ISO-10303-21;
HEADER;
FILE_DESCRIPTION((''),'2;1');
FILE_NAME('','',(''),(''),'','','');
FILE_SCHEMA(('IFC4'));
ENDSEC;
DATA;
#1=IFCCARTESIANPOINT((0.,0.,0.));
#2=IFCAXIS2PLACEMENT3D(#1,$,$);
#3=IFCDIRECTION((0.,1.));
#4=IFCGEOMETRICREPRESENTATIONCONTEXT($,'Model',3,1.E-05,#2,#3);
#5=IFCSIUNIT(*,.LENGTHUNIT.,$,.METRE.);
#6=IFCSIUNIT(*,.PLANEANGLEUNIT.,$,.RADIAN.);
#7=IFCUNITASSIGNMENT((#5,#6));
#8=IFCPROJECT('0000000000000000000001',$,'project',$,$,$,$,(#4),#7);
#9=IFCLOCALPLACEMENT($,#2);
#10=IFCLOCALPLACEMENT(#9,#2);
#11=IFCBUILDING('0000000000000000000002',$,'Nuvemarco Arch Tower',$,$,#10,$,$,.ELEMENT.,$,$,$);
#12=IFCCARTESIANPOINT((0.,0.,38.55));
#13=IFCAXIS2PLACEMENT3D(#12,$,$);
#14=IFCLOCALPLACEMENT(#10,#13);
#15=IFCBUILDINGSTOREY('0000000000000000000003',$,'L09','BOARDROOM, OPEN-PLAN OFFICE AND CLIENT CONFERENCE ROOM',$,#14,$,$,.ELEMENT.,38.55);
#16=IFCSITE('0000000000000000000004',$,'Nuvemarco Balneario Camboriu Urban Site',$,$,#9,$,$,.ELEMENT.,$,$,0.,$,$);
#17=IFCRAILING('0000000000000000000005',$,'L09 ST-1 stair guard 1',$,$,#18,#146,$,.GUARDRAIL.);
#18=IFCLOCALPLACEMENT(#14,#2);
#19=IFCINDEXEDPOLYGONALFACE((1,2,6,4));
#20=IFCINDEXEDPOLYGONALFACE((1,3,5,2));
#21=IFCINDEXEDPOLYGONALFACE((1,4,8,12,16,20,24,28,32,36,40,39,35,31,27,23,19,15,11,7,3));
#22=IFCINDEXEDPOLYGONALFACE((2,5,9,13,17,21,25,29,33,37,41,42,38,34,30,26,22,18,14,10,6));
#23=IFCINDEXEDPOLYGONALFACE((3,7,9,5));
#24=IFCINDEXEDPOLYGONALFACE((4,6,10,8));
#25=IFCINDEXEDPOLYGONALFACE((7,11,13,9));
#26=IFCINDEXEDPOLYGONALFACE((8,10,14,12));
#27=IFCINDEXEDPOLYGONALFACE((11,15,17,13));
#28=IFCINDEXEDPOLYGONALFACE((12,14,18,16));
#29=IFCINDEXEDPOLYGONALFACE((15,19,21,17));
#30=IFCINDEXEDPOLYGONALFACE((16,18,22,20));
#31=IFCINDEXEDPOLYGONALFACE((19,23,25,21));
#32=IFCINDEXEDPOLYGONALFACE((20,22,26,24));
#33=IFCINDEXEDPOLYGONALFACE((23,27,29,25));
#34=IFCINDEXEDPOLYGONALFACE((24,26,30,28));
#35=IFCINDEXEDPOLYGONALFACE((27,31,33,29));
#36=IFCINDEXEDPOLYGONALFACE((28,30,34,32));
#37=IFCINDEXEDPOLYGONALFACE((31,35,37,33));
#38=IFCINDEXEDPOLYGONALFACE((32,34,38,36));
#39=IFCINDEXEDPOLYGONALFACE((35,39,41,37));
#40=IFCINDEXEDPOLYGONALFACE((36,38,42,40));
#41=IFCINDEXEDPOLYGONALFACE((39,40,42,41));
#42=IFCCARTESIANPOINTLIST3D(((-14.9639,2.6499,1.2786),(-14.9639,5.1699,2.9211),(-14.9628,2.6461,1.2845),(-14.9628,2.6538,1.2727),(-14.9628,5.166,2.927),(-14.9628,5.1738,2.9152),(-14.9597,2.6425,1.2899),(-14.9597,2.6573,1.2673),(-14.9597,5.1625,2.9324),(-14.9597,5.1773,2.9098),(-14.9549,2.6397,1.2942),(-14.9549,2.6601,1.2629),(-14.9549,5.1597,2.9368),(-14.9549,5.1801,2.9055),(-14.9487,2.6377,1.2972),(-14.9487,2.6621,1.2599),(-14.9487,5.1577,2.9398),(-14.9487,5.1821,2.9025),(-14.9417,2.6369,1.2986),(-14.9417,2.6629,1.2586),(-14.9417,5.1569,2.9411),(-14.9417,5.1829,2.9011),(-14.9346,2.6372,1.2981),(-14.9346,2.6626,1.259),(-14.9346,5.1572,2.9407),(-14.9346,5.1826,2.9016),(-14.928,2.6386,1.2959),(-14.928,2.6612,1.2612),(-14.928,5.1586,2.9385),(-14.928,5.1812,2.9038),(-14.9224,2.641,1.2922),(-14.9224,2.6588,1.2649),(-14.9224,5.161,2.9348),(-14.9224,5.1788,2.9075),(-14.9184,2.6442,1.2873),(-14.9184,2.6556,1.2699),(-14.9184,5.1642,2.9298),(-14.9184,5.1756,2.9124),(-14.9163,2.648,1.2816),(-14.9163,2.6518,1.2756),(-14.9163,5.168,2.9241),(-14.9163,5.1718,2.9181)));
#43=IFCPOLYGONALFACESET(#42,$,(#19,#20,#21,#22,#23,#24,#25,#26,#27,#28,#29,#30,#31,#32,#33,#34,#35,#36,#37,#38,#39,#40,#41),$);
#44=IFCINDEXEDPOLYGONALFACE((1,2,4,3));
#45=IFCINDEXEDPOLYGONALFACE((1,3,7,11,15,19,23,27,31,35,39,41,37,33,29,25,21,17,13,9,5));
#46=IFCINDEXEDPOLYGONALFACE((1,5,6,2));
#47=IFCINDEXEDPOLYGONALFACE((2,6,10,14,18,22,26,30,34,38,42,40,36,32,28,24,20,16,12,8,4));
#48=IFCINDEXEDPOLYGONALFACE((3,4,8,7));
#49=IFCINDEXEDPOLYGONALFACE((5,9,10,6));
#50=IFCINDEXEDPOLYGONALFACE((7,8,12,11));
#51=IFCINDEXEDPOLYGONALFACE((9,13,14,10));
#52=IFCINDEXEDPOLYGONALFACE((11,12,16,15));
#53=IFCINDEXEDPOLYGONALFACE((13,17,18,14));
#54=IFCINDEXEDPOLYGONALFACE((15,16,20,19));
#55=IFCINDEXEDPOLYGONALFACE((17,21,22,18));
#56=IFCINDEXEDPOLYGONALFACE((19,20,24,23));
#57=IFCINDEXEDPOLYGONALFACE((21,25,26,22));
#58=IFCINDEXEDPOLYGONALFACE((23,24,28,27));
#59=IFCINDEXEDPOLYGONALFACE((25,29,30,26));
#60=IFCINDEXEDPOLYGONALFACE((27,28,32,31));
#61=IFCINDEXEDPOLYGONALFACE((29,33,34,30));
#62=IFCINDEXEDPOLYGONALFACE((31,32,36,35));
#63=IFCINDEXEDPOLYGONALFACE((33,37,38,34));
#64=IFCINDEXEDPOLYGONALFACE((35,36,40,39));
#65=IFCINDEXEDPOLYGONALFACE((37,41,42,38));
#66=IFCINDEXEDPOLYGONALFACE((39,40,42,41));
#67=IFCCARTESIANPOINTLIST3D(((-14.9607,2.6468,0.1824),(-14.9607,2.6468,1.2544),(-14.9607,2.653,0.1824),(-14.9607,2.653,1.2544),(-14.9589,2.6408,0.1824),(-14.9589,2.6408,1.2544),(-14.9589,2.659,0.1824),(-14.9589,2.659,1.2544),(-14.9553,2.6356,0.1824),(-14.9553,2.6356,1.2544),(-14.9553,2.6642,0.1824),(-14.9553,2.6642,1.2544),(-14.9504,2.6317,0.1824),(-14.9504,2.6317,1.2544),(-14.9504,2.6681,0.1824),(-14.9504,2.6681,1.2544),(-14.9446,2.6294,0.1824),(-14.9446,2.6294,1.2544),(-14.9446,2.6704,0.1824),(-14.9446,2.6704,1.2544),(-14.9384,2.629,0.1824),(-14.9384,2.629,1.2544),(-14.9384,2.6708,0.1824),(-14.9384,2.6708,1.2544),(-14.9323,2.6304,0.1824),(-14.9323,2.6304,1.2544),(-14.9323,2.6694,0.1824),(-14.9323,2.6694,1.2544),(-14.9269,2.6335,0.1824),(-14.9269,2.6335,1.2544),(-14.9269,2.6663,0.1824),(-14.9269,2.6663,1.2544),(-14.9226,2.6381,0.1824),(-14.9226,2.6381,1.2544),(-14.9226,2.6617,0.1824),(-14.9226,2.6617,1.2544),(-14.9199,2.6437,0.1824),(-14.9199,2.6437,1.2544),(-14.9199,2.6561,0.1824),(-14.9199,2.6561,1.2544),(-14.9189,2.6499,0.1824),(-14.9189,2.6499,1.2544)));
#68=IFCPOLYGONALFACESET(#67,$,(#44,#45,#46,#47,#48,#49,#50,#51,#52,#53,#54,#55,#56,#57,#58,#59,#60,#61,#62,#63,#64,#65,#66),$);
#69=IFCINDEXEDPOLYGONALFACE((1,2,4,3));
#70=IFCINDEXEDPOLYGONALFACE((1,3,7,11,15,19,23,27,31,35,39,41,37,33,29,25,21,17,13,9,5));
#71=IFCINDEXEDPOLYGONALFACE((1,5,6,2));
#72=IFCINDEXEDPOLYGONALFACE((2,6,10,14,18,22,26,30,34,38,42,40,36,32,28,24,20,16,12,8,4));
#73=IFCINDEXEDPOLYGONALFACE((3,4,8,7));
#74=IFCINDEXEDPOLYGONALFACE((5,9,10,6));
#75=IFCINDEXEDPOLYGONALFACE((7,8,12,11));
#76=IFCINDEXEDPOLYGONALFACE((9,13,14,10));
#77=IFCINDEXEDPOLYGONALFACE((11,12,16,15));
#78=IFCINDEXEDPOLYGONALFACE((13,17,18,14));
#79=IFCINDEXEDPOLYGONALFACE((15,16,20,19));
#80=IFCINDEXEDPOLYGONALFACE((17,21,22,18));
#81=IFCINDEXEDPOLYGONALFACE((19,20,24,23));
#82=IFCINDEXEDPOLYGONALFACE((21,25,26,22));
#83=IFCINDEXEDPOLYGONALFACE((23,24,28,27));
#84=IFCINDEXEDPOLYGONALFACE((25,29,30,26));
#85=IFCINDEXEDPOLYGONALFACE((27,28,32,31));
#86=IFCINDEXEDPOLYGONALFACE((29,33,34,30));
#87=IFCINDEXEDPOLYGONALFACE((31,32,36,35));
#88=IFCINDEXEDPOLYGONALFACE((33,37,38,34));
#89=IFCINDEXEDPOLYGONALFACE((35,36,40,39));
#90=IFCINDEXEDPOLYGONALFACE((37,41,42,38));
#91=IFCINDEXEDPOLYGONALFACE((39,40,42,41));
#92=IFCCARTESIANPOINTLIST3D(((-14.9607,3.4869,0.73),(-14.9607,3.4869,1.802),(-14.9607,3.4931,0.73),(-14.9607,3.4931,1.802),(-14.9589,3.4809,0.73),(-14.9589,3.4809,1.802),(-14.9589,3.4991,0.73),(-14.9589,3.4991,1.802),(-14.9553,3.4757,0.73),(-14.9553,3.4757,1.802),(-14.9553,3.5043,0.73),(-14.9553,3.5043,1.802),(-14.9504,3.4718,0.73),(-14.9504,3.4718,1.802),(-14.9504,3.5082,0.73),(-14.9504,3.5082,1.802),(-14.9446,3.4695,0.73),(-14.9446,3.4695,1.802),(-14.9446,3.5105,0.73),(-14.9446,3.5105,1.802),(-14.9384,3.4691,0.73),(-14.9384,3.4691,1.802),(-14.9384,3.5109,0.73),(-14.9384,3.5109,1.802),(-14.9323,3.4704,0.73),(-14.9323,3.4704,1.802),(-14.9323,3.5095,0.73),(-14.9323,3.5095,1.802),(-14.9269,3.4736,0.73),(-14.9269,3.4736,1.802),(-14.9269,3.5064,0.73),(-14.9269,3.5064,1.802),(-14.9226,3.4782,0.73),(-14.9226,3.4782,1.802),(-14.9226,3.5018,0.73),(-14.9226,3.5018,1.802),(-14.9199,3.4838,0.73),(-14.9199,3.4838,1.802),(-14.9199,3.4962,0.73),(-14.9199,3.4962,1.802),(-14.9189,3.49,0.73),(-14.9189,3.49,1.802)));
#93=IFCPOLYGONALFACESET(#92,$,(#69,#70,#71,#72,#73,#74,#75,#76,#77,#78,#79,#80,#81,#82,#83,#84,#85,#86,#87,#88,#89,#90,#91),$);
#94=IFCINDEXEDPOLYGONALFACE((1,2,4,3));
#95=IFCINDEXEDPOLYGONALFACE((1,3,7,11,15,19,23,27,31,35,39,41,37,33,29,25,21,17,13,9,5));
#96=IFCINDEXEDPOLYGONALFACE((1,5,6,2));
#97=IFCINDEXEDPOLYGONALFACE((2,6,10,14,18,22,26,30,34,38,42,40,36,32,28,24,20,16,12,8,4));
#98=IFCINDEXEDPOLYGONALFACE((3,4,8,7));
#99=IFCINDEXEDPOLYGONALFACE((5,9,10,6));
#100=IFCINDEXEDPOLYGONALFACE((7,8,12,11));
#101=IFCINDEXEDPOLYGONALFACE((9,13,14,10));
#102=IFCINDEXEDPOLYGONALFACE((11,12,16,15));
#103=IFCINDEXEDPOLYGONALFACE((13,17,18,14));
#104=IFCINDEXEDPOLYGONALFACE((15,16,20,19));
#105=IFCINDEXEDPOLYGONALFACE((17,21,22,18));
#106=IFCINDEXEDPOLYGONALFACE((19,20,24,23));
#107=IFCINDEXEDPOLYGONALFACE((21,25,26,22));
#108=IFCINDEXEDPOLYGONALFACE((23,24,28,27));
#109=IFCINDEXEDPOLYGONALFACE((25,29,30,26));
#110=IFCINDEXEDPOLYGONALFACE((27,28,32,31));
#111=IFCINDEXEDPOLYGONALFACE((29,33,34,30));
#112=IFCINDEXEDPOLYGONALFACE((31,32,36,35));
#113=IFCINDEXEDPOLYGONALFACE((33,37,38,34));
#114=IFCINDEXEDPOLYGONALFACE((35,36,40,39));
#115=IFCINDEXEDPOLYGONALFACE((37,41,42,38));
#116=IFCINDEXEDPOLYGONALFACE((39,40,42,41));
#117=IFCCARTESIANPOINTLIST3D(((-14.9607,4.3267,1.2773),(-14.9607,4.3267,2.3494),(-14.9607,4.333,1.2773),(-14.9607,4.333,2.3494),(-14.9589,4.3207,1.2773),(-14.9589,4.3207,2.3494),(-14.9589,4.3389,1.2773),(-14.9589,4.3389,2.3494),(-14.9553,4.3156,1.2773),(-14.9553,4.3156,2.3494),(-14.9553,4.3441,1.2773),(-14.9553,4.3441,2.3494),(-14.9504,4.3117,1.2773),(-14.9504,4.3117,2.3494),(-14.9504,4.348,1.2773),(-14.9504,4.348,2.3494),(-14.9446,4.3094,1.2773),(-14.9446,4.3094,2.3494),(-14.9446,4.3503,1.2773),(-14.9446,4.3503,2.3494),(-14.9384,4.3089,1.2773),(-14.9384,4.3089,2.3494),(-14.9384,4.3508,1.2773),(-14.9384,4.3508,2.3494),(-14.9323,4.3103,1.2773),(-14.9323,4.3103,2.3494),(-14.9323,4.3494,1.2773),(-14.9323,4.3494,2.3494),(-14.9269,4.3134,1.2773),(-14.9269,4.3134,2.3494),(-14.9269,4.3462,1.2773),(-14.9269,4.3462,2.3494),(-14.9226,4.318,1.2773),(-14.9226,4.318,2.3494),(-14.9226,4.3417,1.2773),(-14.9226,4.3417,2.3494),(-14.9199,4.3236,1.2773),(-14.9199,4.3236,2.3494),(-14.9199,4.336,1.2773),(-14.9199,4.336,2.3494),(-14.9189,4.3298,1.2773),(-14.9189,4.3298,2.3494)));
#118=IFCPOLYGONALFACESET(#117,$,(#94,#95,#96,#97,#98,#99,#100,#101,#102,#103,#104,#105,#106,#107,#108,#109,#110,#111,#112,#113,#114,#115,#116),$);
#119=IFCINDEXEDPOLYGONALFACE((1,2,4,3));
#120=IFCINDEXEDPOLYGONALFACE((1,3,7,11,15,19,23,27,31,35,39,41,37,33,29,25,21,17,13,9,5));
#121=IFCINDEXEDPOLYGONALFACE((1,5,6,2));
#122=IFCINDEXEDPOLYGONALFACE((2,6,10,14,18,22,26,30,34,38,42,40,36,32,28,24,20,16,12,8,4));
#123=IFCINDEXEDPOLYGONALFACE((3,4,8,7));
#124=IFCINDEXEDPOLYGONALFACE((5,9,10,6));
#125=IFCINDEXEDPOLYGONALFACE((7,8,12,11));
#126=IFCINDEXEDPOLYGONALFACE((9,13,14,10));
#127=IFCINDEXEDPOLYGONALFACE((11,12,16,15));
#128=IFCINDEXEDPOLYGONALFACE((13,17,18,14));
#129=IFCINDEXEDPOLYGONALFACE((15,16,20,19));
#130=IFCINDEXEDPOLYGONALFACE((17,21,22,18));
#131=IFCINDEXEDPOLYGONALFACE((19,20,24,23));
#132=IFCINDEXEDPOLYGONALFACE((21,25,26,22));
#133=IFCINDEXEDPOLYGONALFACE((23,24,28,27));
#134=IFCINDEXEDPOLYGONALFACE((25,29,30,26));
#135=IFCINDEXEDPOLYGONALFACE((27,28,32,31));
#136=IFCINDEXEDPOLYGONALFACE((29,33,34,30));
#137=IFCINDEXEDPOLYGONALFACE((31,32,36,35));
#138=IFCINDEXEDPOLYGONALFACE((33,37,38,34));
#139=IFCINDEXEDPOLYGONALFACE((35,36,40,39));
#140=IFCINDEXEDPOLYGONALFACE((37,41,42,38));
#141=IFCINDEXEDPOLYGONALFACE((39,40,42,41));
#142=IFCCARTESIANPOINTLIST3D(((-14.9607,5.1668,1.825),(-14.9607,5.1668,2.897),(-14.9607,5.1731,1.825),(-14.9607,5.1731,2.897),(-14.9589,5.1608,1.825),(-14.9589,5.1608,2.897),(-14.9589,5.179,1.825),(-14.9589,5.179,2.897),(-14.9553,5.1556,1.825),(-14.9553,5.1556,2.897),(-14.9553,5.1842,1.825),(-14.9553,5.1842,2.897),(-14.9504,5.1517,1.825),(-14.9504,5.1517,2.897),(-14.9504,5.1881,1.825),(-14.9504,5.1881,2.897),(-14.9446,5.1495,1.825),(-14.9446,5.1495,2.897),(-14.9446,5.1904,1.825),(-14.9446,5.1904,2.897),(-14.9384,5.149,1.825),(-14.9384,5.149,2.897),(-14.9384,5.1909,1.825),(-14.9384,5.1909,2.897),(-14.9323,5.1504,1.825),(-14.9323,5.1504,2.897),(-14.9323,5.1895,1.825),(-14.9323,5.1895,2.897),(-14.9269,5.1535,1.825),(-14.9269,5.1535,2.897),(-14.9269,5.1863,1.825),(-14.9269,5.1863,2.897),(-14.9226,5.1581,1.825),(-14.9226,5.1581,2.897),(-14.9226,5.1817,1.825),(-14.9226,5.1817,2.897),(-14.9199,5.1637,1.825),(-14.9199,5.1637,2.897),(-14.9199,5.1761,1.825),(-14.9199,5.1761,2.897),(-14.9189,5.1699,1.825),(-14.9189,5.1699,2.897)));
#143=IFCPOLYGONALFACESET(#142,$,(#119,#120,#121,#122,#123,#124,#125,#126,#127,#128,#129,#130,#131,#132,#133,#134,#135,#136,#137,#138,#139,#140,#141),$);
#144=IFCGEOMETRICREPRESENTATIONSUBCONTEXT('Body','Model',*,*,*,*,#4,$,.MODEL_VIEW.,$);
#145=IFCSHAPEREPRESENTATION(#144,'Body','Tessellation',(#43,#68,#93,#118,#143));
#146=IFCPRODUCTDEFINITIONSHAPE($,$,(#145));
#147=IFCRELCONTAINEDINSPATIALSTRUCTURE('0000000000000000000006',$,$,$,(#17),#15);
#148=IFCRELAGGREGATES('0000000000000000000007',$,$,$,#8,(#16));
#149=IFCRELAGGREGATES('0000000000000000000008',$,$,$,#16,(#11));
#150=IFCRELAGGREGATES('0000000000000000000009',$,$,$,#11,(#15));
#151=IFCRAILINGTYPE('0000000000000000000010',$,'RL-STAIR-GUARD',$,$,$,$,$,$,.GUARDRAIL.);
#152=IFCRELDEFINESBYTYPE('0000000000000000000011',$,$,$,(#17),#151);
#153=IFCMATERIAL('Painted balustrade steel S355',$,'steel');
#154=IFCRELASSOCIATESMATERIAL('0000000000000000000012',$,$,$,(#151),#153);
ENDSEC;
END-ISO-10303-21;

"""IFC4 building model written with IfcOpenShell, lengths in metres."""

from ifc_helpers import new_model, si_unit, direction, frame, origin, origin_2d, place, context, subcontext, project, spatial, circle, extrude, material, type_object, element, save


model = new_model("IFC4")

# Units and contexts
model_context = context("Model", 3, precision=1e-05, world=origin(), true_north=direction((0.0, 1.0)))
body_context = subcontext(model_context, "Body", "Model", "MODEL_VIEW")
ifc_project = project(units=[si_unit("LENGTHUNIT", "METRE"), si_unit("PLANEANGLEUNIT", "RADIAN")], contexts=[model_context])

# Site, building, storey
site_placement = place(None, origin())
site = spatial("IfcSite", under=ifc_project, at=site_placement, Name="Nuvemarco Balneario Camboriu Urban Site", CompositionType="ELEMENT", RefElevation=0.0)
building_placement = place(site_placement, origin())
building = spatial("IfcBuilding", under=site, at=building_placement, Name="Nuvemarco Arch Tower", CompositionType="ELEMENT")
storey_placement = place(building_placement, frame((0.0, 0.0, 38.55)))
storey = spatial("IfcBuildingStorey", under=building, at=storey_placement, Name="L09", Description="BOARDROOM, OPEN-PLAN OFFICE AND CLIENT CONFERENCE ROOM", CompositionType="ELEMENT", Elevation=38.55)

# Railing
ifc_material_1 = material(Name="Painted balustrade steel S355", Category="steel")
railing_type_1 = type_object("IfcRailingType", Name="RL-STAIR-GUARD", PredefinedType="GUARDRAIL", material=ifc_material_1)
railing_1_placement = place(storey_placement, frame((-14.9399, 2.6499, 0.1824)))
element("IfcRailing", 1, at=railing_1_placement, inside=storey, type_object=railing_type_1, Name="L09 ST-1 stair guard 1", PredefinedType="GUARDRAIL", context=body_context, shape_type="SweptSolid", body=[
    extrude(circle(Radius=0.0239, at=origin_2d()), frame((0.0, 0.0, 1.0962), z_axis=(0.0, 0.837749, 0.546055), x_axis=(-1.0, 0.0, 0.0)), (0.0, 0.0, 1.0), 3.0081),
    extrude(circle(Radius=0.021, at=origin_2d()), origin(), (0.0, 0.0, 1.0), 1.072),
    extrude(circle(Radius=0.021, at=origin_2d()), frame((0.0, 0.8401, 0.5476)), (0.0, 0.0, 1.0), 1.072),
    extrude(circle(Radius=0.021, at=origin_2d()), frame((0.0, 1.6799, 1.095)), (0.0, 0.0, 1.0), 1.072),
    extrude(circle(Radius=0.021, at=origin_2d()), frame((0.0, 2.52, 1.6426)), (0.0, 0.0, 1.0), 1.072),
])

save(model, "model.ifc")
